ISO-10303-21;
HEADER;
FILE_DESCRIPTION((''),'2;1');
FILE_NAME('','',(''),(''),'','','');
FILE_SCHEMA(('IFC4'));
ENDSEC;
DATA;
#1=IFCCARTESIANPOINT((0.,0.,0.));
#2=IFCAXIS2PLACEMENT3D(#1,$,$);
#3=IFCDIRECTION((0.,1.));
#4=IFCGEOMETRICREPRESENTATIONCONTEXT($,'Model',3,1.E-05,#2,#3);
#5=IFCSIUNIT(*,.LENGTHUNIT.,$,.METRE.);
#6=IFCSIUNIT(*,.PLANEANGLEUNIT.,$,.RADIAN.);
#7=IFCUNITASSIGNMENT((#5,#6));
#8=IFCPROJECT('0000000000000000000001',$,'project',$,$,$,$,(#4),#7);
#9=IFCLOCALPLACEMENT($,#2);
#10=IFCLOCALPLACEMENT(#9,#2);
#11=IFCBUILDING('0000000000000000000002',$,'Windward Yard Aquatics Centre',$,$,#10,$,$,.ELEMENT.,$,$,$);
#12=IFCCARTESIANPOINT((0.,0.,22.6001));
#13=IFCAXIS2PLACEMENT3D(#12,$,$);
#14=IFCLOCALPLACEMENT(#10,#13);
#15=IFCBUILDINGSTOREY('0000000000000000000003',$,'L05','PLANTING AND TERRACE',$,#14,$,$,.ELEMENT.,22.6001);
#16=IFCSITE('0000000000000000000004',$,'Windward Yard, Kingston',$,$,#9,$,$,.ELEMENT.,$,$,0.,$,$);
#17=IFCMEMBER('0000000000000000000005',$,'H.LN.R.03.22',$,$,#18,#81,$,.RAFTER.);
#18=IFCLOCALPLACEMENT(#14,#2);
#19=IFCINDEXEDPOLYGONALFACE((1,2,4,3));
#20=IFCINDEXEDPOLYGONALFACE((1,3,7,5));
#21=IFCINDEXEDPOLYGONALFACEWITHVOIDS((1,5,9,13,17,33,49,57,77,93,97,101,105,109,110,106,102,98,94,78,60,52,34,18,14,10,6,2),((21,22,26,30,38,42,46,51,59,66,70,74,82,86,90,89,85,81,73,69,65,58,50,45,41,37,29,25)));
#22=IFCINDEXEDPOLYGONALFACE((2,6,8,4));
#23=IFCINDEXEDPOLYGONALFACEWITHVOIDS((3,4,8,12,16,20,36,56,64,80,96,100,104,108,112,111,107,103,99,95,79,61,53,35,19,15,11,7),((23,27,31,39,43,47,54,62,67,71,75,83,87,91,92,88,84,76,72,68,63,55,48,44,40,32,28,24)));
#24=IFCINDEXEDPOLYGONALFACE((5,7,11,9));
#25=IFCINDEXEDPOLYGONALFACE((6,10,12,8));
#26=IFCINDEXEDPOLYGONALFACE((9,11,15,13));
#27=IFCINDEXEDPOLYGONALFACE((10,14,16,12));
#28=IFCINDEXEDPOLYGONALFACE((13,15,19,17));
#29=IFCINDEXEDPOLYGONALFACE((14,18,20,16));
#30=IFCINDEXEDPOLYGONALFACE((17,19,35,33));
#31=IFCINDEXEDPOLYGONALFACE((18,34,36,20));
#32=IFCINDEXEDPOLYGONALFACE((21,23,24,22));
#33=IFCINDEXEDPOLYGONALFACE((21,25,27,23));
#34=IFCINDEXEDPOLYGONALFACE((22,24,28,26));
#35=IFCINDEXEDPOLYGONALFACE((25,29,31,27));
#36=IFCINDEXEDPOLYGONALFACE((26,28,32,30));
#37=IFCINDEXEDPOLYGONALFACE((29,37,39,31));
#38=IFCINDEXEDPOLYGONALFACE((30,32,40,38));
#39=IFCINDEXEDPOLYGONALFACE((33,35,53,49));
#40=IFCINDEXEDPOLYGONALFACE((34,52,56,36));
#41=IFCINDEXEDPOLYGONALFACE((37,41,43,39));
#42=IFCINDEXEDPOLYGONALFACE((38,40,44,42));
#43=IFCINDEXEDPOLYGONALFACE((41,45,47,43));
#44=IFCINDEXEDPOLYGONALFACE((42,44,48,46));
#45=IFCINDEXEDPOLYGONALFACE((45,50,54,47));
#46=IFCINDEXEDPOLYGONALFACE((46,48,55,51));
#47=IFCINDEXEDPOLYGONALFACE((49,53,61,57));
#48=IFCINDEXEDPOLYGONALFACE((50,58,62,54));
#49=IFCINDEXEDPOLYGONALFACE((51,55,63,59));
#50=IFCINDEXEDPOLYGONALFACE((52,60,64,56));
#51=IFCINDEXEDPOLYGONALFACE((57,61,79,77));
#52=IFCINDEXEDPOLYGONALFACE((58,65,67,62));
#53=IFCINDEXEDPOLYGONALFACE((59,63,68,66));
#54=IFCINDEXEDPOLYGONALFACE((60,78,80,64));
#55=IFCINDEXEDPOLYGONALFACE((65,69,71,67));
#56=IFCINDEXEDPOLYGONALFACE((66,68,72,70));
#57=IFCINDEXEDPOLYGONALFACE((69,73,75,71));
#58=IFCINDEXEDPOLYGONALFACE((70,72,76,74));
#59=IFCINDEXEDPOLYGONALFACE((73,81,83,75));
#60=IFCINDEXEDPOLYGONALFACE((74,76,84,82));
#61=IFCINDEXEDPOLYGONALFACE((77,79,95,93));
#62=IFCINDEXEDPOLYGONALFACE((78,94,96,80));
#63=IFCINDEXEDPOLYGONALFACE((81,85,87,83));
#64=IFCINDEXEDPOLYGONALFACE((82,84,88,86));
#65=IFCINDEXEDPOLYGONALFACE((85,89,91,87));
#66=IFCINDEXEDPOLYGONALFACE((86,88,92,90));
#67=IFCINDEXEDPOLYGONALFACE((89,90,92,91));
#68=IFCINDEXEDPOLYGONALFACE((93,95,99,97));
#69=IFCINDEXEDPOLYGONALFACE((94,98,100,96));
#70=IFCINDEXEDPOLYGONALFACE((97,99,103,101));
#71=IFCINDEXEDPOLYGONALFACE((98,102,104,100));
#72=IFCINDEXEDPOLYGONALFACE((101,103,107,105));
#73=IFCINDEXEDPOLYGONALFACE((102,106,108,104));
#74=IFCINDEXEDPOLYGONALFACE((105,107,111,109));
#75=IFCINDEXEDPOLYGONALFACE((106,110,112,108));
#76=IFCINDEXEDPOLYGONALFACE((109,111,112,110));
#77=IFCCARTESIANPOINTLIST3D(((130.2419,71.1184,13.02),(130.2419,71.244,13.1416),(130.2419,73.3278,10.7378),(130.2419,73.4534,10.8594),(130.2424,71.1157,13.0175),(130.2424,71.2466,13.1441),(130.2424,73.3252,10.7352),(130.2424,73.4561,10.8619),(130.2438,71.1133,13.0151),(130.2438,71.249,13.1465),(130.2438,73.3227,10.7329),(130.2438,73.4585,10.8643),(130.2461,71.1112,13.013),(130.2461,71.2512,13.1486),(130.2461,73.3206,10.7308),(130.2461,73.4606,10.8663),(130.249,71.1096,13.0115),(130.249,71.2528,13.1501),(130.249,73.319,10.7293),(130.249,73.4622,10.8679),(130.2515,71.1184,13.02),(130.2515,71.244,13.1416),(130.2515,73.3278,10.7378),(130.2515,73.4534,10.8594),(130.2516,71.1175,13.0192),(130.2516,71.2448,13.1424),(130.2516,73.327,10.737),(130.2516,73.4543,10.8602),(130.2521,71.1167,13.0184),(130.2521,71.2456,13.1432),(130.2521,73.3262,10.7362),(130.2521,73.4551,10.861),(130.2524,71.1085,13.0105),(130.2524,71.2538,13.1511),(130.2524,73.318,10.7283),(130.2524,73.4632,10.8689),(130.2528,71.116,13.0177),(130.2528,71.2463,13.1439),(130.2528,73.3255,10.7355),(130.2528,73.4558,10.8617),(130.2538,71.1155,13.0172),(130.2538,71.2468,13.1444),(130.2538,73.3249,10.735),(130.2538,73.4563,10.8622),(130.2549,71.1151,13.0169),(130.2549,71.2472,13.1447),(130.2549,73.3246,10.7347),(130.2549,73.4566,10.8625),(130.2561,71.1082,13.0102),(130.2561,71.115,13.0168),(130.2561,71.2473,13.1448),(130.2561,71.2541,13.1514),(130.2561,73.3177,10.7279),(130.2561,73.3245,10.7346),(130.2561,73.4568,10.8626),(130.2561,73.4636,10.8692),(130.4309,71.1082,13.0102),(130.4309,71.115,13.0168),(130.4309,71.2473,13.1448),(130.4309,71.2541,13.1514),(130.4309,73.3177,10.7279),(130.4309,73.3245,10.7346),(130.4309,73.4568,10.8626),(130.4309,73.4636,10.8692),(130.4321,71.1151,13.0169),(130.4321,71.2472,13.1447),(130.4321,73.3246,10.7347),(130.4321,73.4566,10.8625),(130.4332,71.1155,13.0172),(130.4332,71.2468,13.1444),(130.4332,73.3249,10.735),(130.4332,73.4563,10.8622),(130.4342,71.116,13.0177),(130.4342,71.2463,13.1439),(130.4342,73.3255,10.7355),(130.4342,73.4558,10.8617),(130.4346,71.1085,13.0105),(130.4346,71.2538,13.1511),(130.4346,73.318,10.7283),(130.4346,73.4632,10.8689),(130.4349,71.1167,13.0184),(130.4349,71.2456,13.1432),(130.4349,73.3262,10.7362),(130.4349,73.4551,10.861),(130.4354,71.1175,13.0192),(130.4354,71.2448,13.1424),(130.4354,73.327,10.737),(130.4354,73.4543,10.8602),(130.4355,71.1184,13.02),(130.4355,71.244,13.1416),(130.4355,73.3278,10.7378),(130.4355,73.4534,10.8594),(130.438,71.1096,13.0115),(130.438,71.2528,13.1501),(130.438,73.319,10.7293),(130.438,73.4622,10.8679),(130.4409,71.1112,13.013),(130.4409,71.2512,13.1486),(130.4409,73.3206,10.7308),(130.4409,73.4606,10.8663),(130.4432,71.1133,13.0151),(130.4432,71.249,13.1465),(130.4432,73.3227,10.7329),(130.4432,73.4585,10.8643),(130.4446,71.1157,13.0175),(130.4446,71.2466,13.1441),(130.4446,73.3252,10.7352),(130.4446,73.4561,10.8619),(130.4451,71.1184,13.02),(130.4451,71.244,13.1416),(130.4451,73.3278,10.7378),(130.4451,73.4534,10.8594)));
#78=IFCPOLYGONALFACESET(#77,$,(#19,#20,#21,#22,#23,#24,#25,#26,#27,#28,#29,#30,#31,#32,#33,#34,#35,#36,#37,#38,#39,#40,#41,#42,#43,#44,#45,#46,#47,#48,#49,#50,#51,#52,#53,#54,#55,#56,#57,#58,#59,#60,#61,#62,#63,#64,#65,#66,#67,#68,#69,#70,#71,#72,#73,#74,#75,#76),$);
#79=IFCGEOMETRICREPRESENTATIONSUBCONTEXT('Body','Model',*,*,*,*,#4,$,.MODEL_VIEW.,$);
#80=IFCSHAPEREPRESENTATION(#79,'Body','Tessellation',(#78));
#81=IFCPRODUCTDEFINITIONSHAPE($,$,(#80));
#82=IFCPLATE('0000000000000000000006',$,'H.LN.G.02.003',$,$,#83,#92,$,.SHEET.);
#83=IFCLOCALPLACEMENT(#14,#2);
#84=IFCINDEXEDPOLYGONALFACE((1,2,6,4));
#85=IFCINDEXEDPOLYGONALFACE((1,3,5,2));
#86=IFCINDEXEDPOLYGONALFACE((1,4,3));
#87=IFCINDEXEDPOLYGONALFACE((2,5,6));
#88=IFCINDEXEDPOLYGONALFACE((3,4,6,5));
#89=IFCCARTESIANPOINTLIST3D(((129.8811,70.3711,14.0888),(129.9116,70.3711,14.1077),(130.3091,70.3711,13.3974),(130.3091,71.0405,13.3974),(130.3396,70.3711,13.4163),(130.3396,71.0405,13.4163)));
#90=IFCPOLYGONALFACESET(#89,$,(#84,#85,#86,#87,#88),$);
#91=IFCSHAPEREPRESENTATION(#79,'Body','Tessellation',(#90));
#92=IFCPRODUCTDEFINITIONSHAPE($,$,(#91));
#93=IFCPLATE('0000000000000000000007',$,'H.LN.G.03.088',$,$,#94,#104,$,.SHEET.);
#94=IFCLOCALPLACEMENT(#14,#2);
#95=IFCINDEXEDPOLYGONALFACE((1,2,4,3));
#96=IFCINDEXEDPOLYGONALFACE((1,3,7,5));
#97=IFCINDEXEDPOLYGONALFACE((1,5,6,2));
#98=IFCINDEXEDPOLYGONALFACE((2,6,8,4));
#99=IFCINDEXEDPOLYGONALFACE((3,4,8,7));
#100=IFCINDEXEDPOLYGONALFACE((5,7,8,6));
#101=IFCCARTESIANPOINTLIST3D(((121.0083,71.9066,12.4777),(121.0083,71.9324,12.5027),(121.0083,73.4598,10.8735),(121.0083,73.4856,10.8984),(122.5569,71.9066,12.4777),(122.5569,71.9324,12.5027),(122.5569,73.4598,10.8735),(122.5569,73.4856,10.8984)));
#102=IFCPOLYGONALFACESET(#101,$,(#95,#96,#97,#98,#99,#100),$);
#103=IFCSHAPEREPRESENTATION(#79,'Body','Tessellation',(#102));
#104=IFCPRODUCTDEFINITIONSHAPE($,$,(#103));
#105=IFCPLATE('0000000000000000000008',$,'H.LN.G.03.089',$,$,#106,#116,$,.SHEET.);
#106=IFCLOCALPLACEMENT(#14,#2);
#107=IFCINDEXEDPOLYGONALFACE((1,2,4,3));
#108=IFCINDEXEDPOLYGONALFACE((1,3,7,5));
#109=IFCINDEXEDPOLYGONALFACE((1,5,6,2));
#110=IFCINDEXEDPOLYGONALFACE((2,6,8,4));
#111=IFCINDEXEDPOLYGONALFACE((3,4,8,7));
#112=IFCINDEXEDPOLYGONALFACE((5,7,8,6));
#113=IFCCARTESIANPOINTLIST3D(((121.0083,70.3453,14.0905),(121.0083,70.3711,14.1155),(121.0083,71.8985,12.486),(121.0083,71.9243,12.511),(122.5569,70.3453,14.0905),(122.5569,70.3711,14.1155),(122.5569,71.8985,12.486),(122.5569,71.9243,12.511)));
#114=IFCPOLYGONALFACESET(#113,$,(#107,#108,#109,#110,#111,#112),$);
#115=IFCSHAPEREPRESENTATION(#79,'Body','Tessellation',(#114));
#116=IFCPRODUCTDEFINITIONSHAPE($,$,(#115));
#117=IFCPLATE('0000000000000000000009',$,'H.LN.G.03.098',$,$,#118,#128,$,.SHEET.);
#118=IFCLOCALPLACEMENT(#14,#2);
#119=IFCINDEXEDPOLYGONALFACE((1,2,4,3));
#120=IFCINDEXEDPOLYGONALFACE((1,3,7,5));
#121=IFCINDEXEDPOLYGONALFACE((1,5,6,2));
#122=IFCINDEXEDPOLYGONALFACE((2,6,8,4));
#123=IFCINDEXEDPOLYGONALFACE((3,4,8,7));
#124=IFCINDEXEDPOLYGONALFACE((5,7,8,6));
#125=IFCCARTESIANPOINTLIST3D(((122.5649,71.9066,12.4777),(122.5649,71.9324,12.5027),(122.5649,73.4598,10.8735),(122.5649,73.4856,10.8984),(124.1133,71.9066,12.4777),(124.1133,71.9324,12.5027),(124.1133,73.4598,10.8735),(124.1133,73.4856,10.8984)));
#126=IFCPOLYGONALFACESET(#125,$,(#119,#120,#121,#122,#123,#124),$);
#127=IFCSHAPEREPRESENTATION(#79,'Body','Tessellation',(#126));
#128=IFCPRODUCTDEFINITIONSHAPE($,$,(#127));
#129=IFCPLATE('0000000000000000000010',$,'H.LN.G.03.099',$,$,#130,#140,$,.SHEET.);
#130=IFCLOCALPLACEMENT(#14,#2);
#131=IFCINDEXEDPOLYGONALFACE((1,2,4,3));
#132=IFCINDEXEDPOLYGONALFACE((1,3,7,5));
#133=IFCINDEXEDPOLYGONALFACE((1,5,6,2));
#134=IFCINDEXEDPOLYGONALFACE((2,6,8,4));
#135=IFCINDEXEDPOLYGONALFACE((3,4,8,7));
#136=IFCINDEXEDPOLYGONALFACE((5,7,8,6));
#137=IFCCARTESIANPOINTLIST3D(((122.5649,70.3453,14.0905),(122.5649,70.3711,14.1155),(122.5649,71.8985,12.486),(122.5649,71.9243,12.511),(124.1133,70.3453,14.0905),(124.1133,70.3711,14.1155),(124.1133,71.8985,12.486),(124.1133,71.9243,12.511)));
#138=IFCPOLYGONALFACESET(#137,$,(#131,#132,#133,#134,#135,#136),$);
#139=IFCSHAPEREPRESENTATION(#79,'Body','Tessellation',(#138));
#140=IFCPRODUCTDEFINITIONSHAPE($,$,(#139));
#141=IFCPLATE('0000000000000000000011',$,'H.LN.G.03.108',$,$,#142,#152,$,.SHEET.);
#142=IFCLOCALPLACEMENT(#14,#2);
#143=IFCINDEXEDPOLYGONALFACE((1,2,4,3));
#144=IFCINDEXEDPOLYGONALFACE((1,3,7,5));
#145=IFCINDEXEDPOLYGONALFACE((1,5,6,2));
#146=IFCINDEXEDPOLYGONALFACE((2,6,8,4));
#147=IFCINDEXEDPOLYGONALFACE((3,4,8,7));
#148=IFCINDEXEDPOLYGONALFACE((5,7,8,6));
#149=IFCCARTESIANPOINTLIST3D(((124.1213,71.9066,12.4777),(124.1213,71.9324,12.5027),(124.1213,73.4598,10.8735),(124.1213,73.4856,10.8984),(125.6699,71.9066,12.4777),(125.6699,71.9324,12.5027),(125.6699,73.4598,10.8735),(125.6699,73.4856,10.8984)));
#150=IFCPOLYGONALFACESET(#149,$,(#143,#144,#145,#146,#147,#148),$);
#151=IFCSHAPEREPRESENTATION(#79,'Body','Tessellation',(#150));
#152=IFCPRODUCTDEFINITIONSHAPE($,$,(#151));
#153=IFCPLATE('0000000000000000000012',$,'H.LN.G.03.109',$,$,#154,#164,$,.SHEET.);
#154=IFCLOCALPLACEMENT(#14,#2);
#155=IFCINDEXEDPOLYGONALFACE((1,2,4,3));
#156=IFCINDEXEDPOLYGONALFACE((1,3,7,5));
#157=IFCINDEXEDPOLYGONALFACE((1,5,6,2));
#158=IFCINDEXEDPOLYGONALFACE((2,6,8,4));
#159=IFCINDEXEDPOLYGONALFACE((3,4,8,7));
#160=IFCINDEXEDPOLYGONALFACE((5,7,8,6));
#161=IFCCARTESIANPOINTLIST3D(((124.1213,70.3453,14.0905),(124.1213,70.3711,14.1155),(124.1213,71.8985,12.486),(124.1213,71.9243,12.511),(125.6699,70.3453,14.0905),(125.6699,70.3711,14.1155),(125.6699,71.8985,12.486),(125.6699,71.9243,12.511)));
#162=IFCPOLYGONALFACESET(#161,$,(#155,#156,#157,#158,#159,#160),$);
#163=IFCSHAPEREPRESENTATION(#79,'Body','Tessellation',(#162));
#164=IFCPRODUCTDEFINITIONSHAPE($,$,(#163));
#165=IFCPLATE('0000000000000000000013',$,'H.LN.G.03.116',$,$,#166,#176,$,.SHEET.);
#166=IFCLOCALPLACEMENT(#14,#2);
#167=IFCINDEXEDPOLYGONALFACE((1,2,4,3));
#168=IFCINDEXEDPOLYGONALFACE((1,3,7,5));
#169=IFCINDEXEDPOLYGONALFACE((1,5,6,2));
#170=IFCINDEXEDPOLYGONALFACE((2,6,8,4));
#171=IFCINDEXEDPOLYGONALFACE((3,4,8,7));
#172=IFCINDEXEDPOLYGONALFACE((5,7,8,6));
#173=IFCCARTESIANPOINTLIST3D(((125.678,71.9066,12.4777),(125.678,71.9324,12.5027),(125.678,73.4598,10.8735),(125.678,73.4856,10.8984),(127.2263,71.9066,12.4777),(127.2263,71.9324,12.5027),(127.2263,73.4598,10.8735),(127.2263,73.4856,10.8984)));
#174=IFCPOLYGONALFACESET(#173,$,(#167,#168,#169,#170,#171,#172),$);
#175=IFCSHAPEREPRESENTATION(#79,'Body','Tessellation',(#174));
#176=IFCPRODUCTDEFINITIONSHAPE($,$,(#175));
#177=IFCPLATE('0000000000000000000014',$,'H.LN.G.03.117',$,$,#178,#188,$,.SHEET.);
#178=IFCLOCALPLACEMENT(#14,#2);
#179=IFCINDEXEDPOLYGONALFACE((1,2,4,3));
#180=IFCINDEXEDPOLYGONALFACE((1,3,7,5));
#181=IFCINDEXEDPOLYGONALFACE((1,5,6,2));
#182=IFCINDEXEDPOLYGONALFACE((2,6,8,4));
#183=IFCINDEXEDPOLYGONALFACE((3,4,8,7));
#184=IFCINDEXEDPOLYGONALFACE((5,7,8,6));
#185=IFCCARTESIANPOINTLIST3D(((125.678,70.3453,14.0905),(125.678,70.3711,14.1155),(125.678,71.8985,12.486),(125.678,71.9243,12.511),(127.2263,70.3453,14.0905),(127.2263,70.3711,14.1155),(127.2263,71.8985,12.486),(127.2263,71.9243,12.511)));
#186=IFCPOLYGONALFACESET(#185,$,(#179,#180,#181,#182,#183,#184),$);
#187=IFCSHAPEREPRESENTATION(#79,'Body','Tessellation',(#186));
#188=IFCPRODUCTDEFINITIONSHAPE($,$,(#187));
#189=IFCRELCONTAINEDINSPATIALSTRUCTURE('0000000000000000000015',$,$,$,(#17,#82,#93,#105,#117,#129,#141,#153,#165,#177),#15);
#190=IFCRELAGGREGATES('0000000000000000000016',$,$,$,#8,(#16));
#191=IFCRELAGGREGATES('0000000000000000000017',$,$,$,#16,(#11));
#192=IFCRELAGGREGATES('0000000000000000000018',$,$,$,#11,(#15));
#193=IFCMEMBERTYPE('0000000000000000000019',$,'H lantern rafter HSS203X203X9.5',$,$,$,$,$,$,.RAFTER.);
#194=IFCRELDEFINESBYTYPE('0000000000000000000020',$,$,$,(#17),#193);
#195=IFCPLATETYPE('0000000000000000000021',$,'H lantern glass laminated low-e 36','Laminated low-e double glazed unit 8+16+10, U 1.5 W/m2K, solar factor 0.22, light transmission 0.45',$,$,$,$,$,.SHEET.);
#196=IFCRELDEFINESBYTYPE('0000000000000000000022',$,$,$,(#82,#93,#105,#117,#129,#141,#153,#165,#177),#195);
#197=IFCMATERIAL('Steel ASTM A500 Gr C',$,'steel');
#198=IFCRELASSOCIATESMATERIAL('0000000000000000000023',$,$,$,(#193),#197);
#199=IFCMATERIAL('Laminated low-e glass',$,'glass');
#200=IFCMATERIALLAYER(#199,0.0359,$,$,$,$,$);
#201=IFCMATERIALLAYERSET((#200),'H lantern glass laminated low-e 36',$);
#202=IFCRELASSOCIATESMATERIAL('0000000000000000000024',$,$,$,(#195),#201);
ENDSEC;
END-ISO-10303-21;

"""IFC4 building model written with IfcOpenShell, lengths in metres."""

from ifc_helpers import new_model, si_unit, direction, frame, origin, origin_2d, place, context, subcontext, project, spatial, polyline, hollow_rectangle, outline, extrude, material, layer, layer_set, material_profile, profile_set, type_object, element, save


model = new_model("IFC4")

# Units and contexts
model_context = context("Model", 3, precision=1e-05, world=origin(), true_north=direction((0.0, 1.0)))
body_context = subcontext(model_context, "Body", "Model", "MODEL_VIEW")
ifc_project = project(units=[si_unit("LENGTHUNIT", "METRE"), si_unit("PLANEANGLEUNIT", "RADIAN")], contexts=[model_context])

# Site, building, storey
site_placement = place(None, origin())
site = spatial("IfcSite", under=ifc_project, at=site_placement, Name="Windward Yard, Kingston", CompositionType="ELEMENT", RefElevation=0.0)
building_placement = place(site_placement, origin())
building = spatial("IfcBuilding", under=site, at=building_placement, Name="Windward Yard Aquatics Centre", CompositionType="ELEMENT")
storey_placement = place(building_placement, frame((0.0, 0.0, 22.6001)))
storey = spatial("IfcBuildingStorey", under=building, at=storey_placement, Name="L05", Description="PLANTING AND TERRACE", CompositionType="ELEMENT", Elevation=22.6001)

# Member
ifc_material_1 = material(Name="Steel ASTM A500 Gr C", Category="steel")
ifc_material_profile_1 = material_profile(ifc_material_1, hollow_rectangle(XDim=0.2031, YDim=0.2031, WallThickness=0.0095, InnerFilletRadius=0.0046, OuterFilletRadius=0.0142, at=origin_2d()), Name="HSS203X203X9.5")
ifc_profile_set_1 = profile_set([ifc_material_profile_1], Name="Steel ASTM A500 Gr C")
member_type_1 = type_object("IfcMemberType", Name="H lantern rafter HSS203X203X9.5", PredefinedType="RAFTER", material=ifc_profile_set_1)
member_1_placement = place(storey_placement, frame((130.3435, 73.3906, 10.7986), z_axis=(0.0, -0.695562, 0.718466), x_axis=(1.0, 0.0, 0.0)))
element("IfcMember", 1, at=member_1_placement, inside=storey, type_object=member_type_1, Name="H.LN.R.03.22", PredefinedType="RAFTER", context=body_context, shape_type="SweptSolid", body=[
    extrude(hollow_rectangle(XDim=0.2031, YDim=0.2031, WallThickness=0.0095, InnerFilletRadius=0.0046, OuterFilletRadius=0.0142, at=origin_2d()), origin(), (0.0, 0.0, 1.0), 3.1765),
])

# Plates
ifc_material_2 = material(Name="Laminated low-e glass", Category="glass")
ifc_layer_1 = layer(ifc_material_2, 0.0359)
ifc_layer_set_1 = layer_set([ifc_layer_1], Name="H lantern glass laminated low-e 36")
plate_type = type_object("IfcPlateType", Name="H lantern glass laminated low-e 36", Description="Laminated low-e double glazed unit 8+16+10, U 1.5 W/m2K, solar factor 0.22, light transmission 0.45", PredefinedType="SHEET", material=ifc_layer_set_1)
plate_1_placement = place(storey_placement, frame((129.9116, 70.3711, 14.1077), z_axis=(0.850284, 0.0, 0.526324), x_axis=(0.406338, 0.635584, -0.656446)))
element("IfcPlate", 2, at=plate_1_placement, inside=storey, type_object=plate_type, Name="H.LN.G.02.003", PredefinedType="SHEET", context=body_context, shape_type="SweptSolid", body=[
    extrude(outline(polyline([(0.0, 0.0), (1.0533, 0.0), (0.6278, -0.5168), (0.0, 0.0)])), origin(), (0.0, 0.0, -1.0), 0.0359),
])
plate_2_placement = place(storey_placement, frame((121.0083, 71.9324, 12.5027), z_axis=(0.0, 0.71844, 0.695589), x_axis=(0.0, 0.695589, -0.71844)))
element("IfcPlate", 3, at=plate_2_placement, inside=storey, type_object=plate_type, Name="H.LN.G.03.088", PredefinedType="SHEET", context=body_context, shape_type="SweptSolid", body=[
    extrude(outline(polyline([(0.0, 0.0), (2.233, 0.0), (2.233, -1.5486), (0.0, -1.5486), (0.0, 0.0)])), origin(), (0.0, 0.0, -1.0), 0.0359),
])
plate_3_placement = place(storey_placement, frame((121.0083, 70.3711, 14.1155), z_axis=(0.0, 0.718493, 0.695534), x_axis=(0.0, 0.695534, -0.718493)))
element("IfcPlate", 4, at=plate_3_placement, inside=storey, type_object=plate_type, Name="H.LN.G.03.089", PredefinedType="SHEET", context=body_context, shape_type="SweptSolid", body=[
    extrude(outline(polyline([(0.0, 0.0), (2.2331, 0.0), (2.2331, -1.5486), (0.0, -1.5486), (0.0, 0.0)])), origin(), (0.0, 0.0, -1.0), 0.0359),
])
plate_4_placement = place(storey_placement, frame((122.5649, 71.9324, 12.5027), z_axis=(0.0, 0.71844, 0.695589), x_axis=(0.0, 0.695589, -0.71844)))
element("IfcPlate", 5, at=plate_4_placement, inside=storey, type_object=plate_type, Name="H.LN.G.03.098", PredefinedType="SHEET", context=body_context, shape_type="SweptSolid", body=[
    extrude(outline(polyline([(0.0, 0.0), (2.233, 0.0), (2.233, -1.5483), (0.0, -1.5483), (0.0, 0.0)])), origin(), (0.0, 0.0, -1.0), 0.0359),
])
plate_5_placement = place(storey_placement, frame((122.5649, 70.3711, 14.1155), z_axis=(0.0, 0.718493, 0.695534), x_axis=(0.0, 0.695534, -0.718493)))
element("IfcPlate", 6, at=plate_5_placement, inside=storey, type_object=plate_type, Name="H.LN.G.03.099", PredefinedType="SHEET", context=body_context, shape_type="SweptSolid", body=[
    extrude(outline(polyline([(0.0, 0.0), (2.2331, 0.0), (2.2331, -1.5483), (0.0, -1.5483), (0.0, 0.0)])), origin(), (0.0, 0.0, -1.0), 0.0359),
])
plate_6_placement = place(storey_placement, frame((124.1213, 71.9324, 12.5027), z_axis=(0.0, 0.71844, 0.695589), x_axis=(0.0, 0.695589, -0.71844)))
element("IfcPlate", 7, at=plate_6_placement, inside=storey, type_object=plate_type, Name="H.LN.G.03.108", PredefinedType="SHEET", context=body_context, shape_type="SweptSolid", body=[
    extrude(outline(polyline([(0.0, 0.0), (2.233, 0.0), (2.233, -1.5486), (0.0, -1.5486), (0.0, 0.0)])), origin(), (0.0, 0.0, -1.0), 0.0359),
])
plate_7_placement = place(storey_placement, frame((124.1213, 70.3711, 14.1155), z_axis=(0.0, 0.718493, 0.695534), x_axis=(0.0, 0.695534, -0.718493)))
element("IfcPlate", 8, at=plate_7_placement, inside=storey, type_object=plate_type, Name="H.LN.G.03.109", PredefinedType="SHEET", context=body_context, shape_type="SweptSolid", body=[
    extrude(outline(polyline([(0.0, 0.0), (2.2331, 0.0), (2.2331, -1.5486), (0.0, -1.5486), (0.0, 0.0)])), origin(), (0.0, 0.0, -1.0), 0.0359),
])
plate_8_placement = place(storey_placement, frame((125.678, 71.9324, 12.5027), z_axis=(0.0, 0.71844, 0.695589), x_axis=(0.0, 0.695589, -0.71844)))
element("IfcPlate", 9, at=plate_8_placement, inside=storey, type_object=plate_type, Name="H.LN.G.03.116", PredefinedType="SHEET", context=body_context, shape_type="SweptSolid", body=[
    extrude(outline(polyline([(0.0, 0.0), (2.233, 0.0), (2.233, -1.5483), (0.0, -1.5483), (0.0, 0.0)])), origin(), (0.0, 0.0, -1.0), 0.0359),
])
plate_9_placement = place(storey_placement, frame((125.678, 70.3711, 14.1155), z_axis=(0.0, 0.718493, 0.695534), x_axis=(0.0, 0.695534, -0.718493)))
element("IfcPlate", 10, at=plate_9_placement, inside=storey, type_object=plate_type, Name="H.LN.G.03.117", PredefinedType="SHEET", context=body_context, shape_type="SweptSolid", body=[
    extrude(outline(polyline([(0.0, 0.0), (2.2331, 0.0), (2.2331, -1.5483), (0.0, -1.5483), (0.0, 0.0)])), origin(), (0.0, 0.0, -1.0), 0.0359),
])

save(model, "model.ifc")
